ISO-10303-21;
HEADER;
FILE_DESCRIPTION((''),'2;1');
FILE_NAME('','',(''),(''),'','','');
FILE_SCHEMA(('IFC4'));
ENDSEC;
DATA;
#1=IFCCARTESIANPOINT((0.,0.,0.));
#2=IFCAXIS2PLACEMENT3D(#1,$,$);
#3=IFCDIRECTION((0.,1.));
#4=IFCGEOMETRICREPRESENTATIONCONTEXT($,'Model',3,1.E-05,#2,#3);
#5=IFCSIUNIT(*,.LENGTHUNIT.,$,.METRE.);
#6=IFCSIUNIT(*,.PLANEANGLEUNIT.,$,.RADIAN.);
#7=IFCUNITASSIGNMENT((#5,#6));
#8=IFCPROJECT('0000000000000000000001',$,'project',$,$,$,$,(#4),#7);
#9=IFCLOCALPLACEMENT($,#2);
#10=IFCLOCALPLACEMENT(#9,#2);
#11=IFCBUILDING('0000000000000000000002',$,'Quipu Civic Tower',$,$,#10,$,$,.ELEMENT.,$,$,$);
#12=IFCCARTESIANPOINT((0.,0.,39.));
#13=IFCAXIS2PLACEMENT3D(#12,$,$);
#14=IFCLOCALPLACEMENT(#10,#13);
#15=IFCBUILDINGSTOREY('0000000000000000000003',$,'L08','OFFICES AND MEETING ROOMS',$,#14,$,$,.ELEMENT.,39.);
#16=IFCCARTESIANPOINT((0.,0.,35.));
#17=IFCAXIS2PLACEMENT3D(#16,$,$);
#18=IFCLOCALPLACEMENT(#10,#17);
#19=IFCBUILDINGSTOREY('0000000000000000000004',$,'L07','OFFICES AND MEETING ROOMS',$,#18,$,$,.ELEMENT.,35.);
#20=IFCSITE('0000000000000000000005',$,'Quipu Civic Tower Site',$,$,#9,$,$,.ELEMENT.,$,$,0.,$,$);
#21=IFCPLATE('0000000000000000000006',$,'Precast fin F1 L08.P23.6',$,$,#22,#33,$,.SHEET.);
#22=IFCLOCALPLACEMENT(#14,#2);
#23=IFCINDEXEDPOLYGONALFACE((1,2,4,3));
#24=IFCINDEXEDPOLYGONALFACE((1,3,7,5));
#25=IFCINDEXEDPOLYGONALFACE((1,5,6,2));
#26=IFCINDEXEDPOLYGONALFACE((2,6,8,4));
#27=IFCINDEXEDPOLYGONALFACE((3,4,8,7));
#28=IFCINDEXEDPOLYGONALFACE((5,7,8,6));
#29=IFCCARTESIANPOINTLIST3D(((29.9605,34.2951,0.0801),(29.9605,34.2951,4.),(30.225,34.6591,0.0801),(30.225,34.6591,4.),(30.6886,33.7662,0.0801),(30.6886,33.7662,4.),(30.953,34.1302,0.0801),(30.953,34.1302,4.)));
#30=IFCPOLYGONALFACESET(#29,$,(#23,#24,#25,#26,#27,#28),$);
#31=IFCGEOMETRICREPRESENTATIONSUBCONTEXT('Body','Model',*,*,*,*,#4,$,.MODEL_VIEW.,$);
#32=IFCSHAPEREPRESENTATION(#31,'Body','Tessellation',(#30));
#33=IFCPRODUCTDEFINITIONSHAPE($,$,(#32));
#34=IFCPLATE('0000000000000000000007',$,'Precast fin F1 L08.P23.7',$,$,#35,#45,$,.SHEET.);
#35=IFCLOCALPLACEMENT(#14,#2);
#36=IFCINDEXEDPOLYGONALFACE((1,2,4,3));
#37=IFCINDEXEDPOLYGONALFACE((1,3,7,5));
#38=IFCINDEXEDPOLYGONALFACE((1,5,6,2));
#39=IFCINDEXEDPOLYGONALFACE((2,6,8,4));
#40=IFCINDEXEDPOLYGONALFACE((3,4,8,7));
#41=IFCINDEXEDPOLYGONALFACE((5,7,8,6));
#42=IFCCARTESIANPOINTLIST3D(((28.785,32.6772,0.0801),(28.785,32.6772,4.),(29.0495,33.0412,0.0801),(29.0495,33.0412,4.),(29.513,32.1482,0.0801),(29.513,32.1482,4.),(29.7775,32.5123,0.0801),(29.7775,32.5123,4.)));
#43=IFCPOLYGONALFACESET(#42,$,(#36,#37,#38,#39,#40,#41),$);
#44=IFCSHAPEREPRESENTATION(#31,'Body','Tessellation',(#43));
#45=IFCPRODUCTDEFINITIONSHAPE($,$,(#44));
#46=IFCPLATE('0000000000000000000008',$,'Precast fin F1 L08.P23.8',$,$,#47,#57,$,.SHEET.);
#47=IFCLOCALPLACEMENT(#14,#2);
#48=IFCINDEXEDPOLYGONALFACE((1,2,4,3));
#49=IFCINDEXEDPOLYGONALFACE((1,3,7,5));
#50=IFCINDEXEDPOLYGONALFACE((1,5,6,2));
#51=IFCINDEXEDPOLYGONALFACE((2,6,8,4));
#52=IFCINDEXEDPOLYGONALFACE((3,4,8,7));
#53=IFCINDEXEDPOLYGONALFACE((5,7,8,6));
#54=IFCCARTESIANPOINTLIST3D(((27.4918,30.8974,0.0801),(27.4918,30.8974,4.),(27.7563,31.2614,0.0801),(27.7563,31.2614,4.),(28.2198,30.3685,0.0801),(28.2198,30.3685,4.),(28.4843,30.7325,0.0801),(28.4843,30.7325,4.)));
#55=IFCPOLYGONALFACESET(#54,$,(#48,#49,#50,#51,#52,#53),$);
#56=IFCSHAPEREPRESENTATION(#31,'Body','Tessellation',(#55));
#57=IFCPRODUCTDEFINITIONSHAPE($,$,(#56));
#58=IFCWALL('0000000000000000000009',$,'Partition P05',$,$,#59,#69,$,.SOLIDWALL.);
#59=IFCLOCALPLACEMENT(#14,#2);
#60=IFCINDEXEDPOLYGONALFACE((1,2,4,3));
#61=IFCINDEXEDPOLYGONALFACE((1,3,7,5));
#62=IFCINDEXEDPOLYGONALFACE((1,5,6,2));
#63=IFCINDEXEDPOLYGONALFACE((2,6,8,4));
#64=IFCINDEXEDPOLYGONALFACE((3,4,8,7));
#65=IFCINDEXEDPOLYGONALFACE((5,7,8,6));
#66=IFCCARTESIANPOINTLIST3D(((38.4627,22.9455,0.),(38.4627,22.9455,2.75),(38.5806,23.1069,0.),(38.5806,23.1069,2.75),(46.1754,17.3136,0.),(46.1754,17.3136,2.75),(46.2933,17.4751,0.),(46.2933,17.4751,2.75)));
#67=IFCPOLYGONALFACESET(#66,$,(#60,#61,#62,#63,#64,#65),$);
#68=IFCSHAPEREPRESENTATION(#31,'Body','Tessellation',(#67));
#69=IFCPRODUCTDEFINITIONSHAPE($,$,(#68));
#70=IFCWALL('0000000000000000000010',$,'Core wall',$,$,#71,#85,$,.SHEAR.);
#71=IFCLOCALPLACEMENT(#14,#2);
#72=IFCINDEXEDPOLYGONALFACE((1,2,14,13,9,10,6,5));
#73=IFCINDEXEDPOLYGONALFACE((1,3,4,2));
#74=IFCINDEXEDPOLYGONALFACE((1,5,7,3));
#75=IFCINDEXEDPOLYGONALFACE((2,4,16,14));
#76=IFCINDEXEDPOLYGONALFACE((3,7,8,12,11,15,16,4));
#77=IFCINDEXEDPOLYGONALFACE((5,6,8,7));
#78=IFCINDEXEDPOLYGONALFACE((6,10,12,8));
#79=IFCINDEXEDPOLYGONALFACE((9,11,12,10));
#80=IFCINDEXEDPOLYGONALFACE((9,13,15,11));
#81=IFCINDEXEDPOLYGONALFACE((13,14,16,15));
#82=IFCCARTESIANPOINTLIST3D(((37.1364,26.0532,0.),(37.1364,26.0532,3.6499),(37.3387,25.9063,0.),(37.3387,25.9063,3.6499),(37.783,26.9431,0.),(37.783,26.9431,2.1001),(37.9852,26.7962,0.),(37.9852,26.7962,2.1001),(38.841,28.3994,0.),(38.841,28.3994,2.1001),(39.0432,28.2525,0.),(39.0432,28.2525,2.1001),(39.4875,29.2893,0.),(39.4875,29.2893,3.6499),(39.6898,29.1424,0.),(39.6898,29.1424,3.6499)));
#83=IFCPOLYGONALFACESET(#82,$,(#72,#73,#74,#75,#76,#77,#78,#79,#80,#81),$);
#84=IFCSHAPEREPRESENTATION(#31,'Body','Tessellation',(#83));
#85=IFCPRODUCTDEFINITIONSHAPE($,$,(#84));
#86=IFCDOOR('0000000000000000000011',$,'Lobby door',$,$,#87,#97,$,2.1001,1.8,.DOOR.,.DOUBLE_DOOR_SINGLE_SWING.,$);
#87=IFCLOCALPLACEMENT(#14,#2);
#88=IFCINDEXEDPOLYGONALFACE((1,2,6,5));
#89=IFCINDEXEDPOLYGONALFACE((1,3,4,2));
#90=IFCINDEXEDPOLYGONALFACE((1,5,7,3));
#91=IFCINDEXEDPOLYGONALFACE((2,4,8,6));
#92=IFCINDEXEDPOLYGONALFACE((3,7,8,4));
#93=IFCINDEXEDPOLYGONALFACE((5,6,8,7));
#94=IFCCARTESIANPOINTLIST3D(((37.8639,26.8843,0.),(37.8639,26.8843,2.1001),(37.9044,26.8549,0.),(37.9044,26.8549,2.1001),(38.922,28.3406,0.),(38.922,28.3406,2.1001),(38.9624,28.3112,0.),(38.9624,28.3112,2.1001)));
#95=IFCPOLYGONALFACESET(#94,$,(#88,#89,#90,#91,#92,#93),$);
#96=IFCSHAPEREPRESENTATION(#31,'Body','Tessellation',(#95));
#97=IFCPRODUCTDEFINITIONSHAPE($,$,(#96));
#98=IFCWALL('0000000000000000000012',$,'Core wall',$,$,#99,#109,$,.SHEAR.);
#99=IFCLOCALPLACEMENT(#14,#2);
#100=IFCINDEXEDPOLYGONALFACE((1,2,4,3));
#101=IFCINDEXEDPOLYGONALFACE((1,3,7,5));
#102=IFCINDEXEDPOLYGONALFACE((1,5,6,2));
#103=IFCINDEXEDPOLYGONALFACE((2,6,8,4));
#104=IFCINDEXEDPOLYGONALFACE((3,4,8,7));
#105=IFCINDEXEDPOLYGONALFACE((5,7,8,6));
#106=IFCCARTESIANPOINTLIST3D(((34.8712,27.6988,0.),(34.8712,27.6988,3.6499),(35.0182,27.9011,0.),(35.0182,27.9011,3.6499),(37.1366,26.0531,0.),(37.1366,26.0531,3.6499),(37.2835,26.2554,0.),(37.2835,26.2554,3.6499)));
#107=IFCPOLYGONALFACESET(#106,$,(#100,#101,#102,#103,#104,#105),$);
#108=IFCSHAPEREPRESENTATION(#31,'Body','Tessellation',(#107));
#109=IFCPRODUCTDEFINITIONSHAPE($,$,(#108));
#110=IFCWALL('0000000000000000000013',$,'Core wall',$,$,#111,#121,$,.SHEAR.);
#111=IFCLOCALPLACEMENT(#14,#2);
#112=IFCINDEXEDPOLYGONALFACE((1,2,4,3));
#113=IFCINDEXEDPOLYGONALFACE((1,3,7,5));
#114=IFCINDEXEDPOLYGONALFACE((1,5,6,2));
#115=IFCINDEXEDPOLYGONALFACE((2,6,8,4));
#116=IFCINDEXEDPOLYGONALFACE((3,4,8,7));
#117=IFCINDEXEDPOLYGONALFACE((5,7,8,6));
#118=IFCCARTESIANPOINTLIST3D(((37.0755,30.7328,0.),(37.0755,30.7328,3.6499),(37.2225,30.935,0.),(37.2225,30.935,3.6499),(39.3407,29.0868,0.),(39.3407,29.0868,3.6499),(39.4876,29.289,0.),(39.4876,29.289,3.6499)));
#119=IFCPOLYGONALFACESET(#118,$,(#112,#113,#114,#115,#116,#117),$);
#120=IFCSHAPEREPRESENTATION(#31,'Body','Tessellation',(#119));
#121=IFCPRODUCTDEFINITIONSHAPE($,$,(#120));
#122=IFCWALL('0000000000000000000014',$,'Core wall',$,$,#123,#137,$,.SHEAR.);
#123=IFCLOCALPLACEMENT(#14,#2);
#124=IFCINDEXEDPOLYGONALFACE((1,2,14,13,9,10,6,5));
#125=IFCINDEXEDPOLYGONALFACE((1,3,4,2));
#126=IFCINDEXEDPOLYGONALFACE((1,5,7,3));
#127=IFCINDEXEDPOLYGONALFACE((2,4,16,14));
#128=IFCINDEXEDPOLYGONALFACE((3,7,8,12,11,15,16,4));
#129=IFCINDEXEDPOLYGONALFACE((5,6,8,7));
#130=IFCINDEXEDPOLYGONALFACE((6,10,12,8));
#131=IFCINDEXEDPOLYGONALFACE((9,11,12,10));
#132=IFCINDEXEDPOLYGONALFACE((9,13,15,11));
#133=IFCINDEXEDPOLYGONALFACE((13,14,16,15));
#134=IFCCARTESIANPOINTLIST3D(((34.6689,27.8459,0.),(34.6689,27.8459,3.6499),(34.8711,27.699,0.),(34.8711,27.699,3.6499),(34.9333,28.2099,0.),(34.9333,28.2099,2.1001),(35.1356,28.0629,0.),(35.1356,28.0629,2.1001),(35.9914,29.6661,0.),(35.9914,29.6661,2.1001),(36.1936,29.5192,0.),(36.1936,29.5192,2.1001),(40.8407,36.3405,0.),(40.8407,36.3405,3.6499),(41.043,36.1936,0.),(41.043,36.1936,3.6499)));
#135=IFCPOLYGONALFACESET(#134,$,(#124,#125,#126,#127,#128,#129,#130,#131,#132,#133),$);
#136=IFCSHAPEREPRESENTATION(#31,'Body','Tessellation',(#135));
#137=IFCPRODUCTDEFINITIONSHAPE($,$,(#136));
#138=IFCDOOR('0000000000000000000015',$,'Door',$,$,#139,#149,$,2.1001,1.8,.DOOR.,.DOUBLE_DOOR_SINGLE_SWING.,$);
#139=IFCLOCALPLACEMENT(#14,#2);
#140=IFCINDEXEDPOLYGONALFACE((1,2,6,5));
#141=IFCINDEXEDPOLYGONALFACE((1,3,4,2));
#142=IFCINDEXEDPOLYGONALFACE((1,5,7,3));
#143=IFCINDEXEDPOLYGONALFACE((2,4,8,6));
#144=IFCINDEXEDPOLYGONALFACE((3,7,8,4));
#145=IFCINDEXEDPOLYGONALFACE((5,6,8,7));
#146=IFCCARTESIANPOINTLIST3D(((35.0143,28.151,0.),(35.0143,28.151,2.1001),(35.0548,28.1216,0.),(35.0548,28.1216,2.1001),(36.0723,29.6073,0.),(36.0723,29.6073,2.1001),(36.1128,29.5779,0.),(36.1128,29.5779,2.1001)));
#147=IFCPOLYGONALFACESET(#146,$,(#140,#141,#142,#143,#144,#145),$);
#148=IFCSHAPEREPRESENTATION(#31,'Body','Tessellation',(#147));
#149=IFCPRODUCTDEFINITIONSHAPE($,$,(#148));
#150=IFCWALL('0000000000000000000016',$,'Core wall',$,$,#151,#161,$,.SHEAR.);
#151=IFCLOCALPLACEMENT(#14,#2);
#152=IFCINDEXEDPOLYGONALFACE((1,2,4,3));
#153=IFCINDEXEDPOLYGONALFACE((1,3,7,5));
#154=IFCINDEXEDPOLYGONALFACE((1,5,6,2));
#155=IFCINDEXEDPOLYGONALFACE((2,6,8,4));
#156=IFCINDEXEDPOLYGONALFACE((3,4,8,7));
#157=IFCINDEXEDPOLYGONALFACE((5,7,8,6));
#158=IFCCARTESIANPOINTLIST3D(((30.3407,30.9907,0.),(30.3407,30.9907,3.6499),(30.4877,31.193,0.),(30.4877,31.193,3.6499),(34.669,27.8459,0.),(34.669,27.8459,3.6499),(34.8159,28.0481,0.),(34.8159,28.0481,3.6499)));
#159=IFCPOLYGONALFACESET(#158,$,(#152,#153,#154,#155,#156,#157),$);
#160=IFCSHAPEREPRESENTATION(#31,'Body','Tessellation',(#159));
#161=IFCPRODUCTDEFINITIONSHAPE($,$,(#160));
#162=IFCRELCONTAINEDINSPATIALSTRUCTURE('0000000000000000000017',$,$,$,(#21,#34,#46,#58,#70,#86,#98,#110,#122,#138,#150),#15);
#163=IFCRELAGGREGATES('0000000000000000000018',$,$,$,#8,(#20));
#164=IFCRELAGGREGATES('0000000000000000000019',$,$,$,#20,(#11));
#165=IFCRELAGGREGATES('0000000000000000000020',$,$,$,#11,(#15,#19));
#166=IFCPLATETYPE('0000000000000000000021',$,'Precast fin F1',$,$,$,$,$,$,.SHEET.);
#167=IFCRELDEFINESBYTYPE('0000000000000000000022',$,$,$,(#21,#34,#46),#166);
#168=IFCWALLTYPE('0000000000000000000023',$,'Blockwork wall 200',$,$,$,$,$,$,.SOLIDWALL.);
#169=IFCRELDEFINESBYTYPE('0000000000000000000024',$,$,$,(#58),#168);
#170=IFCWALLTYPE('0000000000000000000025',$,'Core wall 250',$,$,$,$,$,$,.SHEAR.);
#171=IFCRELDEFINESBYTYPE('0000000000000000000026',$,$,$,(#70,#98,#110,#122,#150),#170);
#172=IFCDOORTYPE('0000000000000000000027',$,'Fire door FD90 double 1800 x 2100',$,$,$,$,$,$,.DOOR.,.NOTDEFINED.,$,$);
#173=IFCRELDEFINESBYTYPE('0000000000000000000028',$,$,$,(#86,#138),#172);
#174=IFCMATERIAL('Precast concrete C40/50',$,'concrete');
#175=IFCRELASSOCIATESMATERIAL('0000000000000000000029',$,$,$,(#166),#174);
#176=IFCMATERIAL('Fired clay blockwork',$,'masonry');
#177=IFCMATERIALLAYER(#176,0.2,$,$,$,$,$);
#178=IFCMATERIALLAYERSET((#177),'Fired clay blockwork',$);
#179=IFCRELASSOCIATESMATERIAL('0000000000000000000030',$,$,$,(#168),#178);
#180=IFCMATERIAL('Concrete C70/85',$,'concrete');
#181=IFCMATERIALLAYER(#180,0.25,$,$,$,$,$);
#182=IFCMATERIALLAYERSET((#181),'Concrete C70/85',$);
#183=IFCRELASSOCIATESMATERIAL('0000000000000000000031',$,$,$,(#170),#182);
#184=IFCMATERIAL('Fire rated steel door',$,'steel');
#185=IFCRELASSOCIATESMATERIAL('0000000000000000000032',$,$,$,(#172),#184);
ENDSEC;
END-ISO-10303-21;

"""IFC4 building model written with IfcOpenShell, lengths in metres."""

from ifc_helpers import new_model, si_unit, direction, frame, frame_2d, origin, origin_2d, place, context, subcontext, project, spatial, rectangle, extrude, material, layer, layer_set, type_object, element, fill, save


model = new_model("IFC4")

# Units and contexts
model_context = context("Model", 3, precision=1e-05, world=origin(), true_north=direction((0.0, 1.0)))
body_context = subcontext(model_context, "Body", "Model", "MODEL_VIEW")
ifc_project = project(units=[si_unit("LENGTHUNIT", "METRE"), si_unit("PLANEANGLEUNIT", "RADIAN")], contexts=[model_context])

# Site, building, storey
site_placement = place(None, origin())
site = spatial("IfcSite", under=ifc_project, at=site_placement, Name="Quipu Civic Tower Site", CompositionType="ELEMENT", RefElevation=0.0)
building_placement = place(site_placement, origin())
building = spatial("IfcBuilding", under=site, at=building_placement, Name="Quipu Civic Tower", CompositionType="ELEMENT")
storey_1_placement = place(building_placement, frame((0.0, 0.0, 39.0)))
storey_1 = spatial("IfcBuildingStorey", under=building, at=storey_1_placement, Name="L08", Description="OFFICES AND MEETING ROOMS", CompositionType="ELEMENT", Elevation=39.0)

# Shared definitions
storey_2_placement = place(building_placement, frame((0.0, 0.0, 35.0)))
storey_2 = spatial("IfcBuildingStorey", under=building, at=storey_2_placement, Name="L07", Description="OFFICES AND MEETING ROOMS", CompositionType="ELEMENT", Elevation=35.0)

# Plates
ifc_material_1 = material(Name="Precast concrete C40/50", Category="concrete")
plate_type_1 = type_object("IfcPlateType", Name="Precast fin F1", PredefinedType="SHEET", material=ifc_material_1)
for number, where, z_axis, x_axis, name in (
    (1, (30.4568, 34.2126, 0.0801), (0.0, 0.0, 1.0), (-0.587785, -0.809017, 0.0), "Precast fin F1 L08.P23.6"),
    (2, (29.2812, 32.5947, 0.0801), (0.0, 0.0, 1.0), (-0.587785, -0.809017, 0.0), "Precast fin F1 L08.P23.7"),
    (3, (27.988, 30.8149, 0.0801), (0.0, 0.0, 1.0), (-0.587785, -0.809017, 0.0), "Precast fin F1 L08.P23.8"),
):
    element("IfcPlate", number, at=place(storey_1_placement, frame(where, z_axis=z_axis, x_axis=x_axis)), inside=storey_1, type_object=plate_type_1, Name=name, PredefinedType="SHEET", context=body_context, shape_type="SweptSolid", body=[
        extrude(rectangle(XDim=0.45, YDim=0.8999, at=origin_2d()), origin(), (0.0, 0.0, 1.0), 3.9199),
    ])

# Wall
ifc_material_2 = material(Name="Fired clay blockwork", Category="masonry")
ifc_layer_1 = layer(ifc_material_2, 0.2)
ifc_layer_set_1 = layer_set([ifc_layer_1], Name="Fired clay blockwork")
wall_type_1 = type_object("IfcWallType", Name="Blockwork wall 200", PredefinedType="SOLIDWALL", material=ifc_layer_set_1)
wall_1_placement = place(storey_1_placement, frame((38.5217, 23.0261, 0.0), z_axis=(0.0, 0.0, 1.0), x_axis=(0.807607, -0.589721, 0.0)))
element("IfcWall", 4, at=wall_1_placement, inside=storey_1, type_object=wall_type_1, Name="Partition P05", PredefinedType="SOLIDWALL", context=body_context, shape_type="SweptSolid", body=[
    extrude(rectangle(XDim=9.55, YDim=0.2, at=frame_2d((4.7749, 0.0))), origin(), (0.0, 0.0, 1.0), 2.75),
])

# Wall, opening, door
ifc_material_3 = material(Name="Concrete C70/85", Category="concrete")
ifc_layer_2 = layer(ifc_material_3, 0.25)
ifc_layer_set_2 = layer_set([ifc_layer_2], Name="Concrete C70/85")
wall_type_2 = type_object("IfcWallType", Name="Core wall 250", PredefinedType="SHEAR", material=ifc_layer_set_2)
wall_2_placement = place(storey_1_placement, frame((37.2375, 25.9797, 0.0), z_axis=(0.0, 0.0, 1.0), x_axis=(0.587772, 0.809026, 0.0)))
wall_2 = element("IfcWall", 5, at=wall_2_placement, inside=storey_1, type_object=wall_type_2, Name="Core wall", PredefinedType="SHEAR", context=body_context, shape_type="SweptSolid", body=[
    extrude(rectangle(XDim=4.0, YDim=0.25, at=frame_2d((2.0, 0.0))), origin(), (0.0, 0.0, 1.0), 3.6499),
])
opening_1_placement = place(wall_2_placement, frame((1.1001, 0.0, 0.0)))
opening_1 = element("IfcOpeningElement", 6, at=opening_1_placement, cuts=wall_2, PredefinedType="OPENING", context=body_context, shape_type="SweptSolid", body=[
    extrude(rectangle(XDim=1.8, YDim=2.1001, at=frame_2d((0.8999, 1.05))), frame((0.0, 0.135, 0.0), z_axis=(0.0, -1.0, 0.0), x_axis=(1.0, 0.0, 0.0)), (0.0, 0.0, 1.0), 0.27),
])
ifc_material_4 = material(Name="Fire rated steel door", Category="steel")
door_type_1 = type_object("IfcDoorType", Name="Fire door FD90 double 1800 x 2100", OperationType="NOTDEFINED", PredefinedType="DOOR", material=ifc_material_4)
door_1_placement = place(opening_1_placement, origin())
door_1 = element("IfcDoor", 7, at=door_1_placement, inside=storey_1, type_object=door_type_1, Name="Lobby door", OperationType="DOUBLE_DOOR_SINGLE_SWING", OverallHeight=2.1001, OverallWidth=1.8, PredefinedType="DOOR", context=body_context, shape_type="SweptSolid", body=[
    extrude(rectangle(XDim=1.8, YDim=2.1001, at=frame_2d((0.8999, 1.05))), frame((0.0, 0.0249, 0.0), z_axis=(0.0, -1.0, 0.0), x_axis=(1.0, 0.0, 0.0)), (0.0, 0.0, 1.0), 0.05),
])
fill(opening_1, door_1)

# Walls
for number, where, z_axis, x_axis, name in (
    (8, (37.21, 26.1543, 0.0), (0.0, 0.0, 1.0), (-0.809041, 0.587752, 0.0), "Core wall"),
    (9, (39.4141, 29.188, 0.0), (0.0, 0.0, 1.0), (-0.80897, 0.58785, 0.0), "Core wall"),
):
    element("IfcWall", number, at=place(storey_1_placement, frame(where, z_axis=z_axis, x_axis=x_axis)), inside=storey_1, type_object=wall_type_2, Name=name, PredefinedType="SHEAR", context=body_context, shape_type="SweptSolid", body=[
        extrude(rectangle(XDim=2.8, YDim=0.25, at=frame_2d((1.3999, 0.0))), origin(), (0.0, 0.0, 1.0), 3.6499),
    ])

# Wall, opening, door
wall_3_placement = place(storey_1_placement, frame((34.77, 27.7725, 0.0), z_axis=(0.0, 0.0, 1.0), x_axis=(0.587796, 0.809009, 0.0)))
wall_3 = element("IfcWall", 10, at=wall_3_placement, inside=storey_1, type_object=wall_type_2, Name="Core wall", PredefinedType="SHEAR", context=body_context, shape_type="SweptSolid", body=[
    extrude(rectangle(XDim=10.5, YDim=0.25, at=frame_2d((5.25, 0.0))), origin(), (0.0, 0.0, 1.0), 3.6499),
])
opening_2_placement = place(wall_3_placement, frame((0.45, 0.0, 0.0)))
opening_2 = element("IfcOpeningElement", 11, at=opening_2_placement, cuts=wall_3, PredefinedType="OPENING", context=body_context, shape_type="SweptSolid", body=[
    extrude(rectangle(XDim=1.8, YDim=2.1001, at=frame_2d((0.8999, 1.05))), frame((0.0, 0.135, 0.0), z_axis=(0.0, -1.0, 0.0), x_axis=(1.0, 0.0, 0.0)), (0.0, 0.0, 1.0), 0.27),
])
door_2_placement = place(opening_2_placement, origin())
door_2 = element("IfcDoor", 12, at=door_2_placement, inside=storey_1, type_object=door_type_1, Name="Door", OperationType="DOUBLE_DOOR_SINGLE_SWING", OverallHeight=2.1001, OverallWidth=1.8, PredefinedType="DOOR", context=body_context, shape_type="SweptSolid", body=[
    extrude(rectangle(XDim=1.8, YDim=2.1001, at=frame_2d((0.8999, 1.05))), frame((0.0, 0.0249, 0.0), z_axis=(0.0, -1.0, 0.0), x_axis=(1.0, 0.0, 0.0)), (0.0, 0.0, 1.0), 0.05),
])
fill(opening_2, door_2)

# Wall
wall_4_placement = place(storey_1_placement, frame((34.7424, 27.947, 0.0), z_axis=(0.0, 0.0, 1.0), x_axis=(-0.808998, 0.587811, 0.0)))
element("IfcWall", 13, at=wall_4_placement, inside=storey_1, type_object=wall_type_2, Name="Core wall", PredefinedType="SHEAR", context=body_context, shape_type="SweptSolid", body=[
    extrude(rectangle(XDim=5.3501, YDim=0.25, at=frame_2d((2.675, 0.0))), origin(), (0.0, 0.0, 1.0), 3.6499),
])

save(model, "model.ifc")
